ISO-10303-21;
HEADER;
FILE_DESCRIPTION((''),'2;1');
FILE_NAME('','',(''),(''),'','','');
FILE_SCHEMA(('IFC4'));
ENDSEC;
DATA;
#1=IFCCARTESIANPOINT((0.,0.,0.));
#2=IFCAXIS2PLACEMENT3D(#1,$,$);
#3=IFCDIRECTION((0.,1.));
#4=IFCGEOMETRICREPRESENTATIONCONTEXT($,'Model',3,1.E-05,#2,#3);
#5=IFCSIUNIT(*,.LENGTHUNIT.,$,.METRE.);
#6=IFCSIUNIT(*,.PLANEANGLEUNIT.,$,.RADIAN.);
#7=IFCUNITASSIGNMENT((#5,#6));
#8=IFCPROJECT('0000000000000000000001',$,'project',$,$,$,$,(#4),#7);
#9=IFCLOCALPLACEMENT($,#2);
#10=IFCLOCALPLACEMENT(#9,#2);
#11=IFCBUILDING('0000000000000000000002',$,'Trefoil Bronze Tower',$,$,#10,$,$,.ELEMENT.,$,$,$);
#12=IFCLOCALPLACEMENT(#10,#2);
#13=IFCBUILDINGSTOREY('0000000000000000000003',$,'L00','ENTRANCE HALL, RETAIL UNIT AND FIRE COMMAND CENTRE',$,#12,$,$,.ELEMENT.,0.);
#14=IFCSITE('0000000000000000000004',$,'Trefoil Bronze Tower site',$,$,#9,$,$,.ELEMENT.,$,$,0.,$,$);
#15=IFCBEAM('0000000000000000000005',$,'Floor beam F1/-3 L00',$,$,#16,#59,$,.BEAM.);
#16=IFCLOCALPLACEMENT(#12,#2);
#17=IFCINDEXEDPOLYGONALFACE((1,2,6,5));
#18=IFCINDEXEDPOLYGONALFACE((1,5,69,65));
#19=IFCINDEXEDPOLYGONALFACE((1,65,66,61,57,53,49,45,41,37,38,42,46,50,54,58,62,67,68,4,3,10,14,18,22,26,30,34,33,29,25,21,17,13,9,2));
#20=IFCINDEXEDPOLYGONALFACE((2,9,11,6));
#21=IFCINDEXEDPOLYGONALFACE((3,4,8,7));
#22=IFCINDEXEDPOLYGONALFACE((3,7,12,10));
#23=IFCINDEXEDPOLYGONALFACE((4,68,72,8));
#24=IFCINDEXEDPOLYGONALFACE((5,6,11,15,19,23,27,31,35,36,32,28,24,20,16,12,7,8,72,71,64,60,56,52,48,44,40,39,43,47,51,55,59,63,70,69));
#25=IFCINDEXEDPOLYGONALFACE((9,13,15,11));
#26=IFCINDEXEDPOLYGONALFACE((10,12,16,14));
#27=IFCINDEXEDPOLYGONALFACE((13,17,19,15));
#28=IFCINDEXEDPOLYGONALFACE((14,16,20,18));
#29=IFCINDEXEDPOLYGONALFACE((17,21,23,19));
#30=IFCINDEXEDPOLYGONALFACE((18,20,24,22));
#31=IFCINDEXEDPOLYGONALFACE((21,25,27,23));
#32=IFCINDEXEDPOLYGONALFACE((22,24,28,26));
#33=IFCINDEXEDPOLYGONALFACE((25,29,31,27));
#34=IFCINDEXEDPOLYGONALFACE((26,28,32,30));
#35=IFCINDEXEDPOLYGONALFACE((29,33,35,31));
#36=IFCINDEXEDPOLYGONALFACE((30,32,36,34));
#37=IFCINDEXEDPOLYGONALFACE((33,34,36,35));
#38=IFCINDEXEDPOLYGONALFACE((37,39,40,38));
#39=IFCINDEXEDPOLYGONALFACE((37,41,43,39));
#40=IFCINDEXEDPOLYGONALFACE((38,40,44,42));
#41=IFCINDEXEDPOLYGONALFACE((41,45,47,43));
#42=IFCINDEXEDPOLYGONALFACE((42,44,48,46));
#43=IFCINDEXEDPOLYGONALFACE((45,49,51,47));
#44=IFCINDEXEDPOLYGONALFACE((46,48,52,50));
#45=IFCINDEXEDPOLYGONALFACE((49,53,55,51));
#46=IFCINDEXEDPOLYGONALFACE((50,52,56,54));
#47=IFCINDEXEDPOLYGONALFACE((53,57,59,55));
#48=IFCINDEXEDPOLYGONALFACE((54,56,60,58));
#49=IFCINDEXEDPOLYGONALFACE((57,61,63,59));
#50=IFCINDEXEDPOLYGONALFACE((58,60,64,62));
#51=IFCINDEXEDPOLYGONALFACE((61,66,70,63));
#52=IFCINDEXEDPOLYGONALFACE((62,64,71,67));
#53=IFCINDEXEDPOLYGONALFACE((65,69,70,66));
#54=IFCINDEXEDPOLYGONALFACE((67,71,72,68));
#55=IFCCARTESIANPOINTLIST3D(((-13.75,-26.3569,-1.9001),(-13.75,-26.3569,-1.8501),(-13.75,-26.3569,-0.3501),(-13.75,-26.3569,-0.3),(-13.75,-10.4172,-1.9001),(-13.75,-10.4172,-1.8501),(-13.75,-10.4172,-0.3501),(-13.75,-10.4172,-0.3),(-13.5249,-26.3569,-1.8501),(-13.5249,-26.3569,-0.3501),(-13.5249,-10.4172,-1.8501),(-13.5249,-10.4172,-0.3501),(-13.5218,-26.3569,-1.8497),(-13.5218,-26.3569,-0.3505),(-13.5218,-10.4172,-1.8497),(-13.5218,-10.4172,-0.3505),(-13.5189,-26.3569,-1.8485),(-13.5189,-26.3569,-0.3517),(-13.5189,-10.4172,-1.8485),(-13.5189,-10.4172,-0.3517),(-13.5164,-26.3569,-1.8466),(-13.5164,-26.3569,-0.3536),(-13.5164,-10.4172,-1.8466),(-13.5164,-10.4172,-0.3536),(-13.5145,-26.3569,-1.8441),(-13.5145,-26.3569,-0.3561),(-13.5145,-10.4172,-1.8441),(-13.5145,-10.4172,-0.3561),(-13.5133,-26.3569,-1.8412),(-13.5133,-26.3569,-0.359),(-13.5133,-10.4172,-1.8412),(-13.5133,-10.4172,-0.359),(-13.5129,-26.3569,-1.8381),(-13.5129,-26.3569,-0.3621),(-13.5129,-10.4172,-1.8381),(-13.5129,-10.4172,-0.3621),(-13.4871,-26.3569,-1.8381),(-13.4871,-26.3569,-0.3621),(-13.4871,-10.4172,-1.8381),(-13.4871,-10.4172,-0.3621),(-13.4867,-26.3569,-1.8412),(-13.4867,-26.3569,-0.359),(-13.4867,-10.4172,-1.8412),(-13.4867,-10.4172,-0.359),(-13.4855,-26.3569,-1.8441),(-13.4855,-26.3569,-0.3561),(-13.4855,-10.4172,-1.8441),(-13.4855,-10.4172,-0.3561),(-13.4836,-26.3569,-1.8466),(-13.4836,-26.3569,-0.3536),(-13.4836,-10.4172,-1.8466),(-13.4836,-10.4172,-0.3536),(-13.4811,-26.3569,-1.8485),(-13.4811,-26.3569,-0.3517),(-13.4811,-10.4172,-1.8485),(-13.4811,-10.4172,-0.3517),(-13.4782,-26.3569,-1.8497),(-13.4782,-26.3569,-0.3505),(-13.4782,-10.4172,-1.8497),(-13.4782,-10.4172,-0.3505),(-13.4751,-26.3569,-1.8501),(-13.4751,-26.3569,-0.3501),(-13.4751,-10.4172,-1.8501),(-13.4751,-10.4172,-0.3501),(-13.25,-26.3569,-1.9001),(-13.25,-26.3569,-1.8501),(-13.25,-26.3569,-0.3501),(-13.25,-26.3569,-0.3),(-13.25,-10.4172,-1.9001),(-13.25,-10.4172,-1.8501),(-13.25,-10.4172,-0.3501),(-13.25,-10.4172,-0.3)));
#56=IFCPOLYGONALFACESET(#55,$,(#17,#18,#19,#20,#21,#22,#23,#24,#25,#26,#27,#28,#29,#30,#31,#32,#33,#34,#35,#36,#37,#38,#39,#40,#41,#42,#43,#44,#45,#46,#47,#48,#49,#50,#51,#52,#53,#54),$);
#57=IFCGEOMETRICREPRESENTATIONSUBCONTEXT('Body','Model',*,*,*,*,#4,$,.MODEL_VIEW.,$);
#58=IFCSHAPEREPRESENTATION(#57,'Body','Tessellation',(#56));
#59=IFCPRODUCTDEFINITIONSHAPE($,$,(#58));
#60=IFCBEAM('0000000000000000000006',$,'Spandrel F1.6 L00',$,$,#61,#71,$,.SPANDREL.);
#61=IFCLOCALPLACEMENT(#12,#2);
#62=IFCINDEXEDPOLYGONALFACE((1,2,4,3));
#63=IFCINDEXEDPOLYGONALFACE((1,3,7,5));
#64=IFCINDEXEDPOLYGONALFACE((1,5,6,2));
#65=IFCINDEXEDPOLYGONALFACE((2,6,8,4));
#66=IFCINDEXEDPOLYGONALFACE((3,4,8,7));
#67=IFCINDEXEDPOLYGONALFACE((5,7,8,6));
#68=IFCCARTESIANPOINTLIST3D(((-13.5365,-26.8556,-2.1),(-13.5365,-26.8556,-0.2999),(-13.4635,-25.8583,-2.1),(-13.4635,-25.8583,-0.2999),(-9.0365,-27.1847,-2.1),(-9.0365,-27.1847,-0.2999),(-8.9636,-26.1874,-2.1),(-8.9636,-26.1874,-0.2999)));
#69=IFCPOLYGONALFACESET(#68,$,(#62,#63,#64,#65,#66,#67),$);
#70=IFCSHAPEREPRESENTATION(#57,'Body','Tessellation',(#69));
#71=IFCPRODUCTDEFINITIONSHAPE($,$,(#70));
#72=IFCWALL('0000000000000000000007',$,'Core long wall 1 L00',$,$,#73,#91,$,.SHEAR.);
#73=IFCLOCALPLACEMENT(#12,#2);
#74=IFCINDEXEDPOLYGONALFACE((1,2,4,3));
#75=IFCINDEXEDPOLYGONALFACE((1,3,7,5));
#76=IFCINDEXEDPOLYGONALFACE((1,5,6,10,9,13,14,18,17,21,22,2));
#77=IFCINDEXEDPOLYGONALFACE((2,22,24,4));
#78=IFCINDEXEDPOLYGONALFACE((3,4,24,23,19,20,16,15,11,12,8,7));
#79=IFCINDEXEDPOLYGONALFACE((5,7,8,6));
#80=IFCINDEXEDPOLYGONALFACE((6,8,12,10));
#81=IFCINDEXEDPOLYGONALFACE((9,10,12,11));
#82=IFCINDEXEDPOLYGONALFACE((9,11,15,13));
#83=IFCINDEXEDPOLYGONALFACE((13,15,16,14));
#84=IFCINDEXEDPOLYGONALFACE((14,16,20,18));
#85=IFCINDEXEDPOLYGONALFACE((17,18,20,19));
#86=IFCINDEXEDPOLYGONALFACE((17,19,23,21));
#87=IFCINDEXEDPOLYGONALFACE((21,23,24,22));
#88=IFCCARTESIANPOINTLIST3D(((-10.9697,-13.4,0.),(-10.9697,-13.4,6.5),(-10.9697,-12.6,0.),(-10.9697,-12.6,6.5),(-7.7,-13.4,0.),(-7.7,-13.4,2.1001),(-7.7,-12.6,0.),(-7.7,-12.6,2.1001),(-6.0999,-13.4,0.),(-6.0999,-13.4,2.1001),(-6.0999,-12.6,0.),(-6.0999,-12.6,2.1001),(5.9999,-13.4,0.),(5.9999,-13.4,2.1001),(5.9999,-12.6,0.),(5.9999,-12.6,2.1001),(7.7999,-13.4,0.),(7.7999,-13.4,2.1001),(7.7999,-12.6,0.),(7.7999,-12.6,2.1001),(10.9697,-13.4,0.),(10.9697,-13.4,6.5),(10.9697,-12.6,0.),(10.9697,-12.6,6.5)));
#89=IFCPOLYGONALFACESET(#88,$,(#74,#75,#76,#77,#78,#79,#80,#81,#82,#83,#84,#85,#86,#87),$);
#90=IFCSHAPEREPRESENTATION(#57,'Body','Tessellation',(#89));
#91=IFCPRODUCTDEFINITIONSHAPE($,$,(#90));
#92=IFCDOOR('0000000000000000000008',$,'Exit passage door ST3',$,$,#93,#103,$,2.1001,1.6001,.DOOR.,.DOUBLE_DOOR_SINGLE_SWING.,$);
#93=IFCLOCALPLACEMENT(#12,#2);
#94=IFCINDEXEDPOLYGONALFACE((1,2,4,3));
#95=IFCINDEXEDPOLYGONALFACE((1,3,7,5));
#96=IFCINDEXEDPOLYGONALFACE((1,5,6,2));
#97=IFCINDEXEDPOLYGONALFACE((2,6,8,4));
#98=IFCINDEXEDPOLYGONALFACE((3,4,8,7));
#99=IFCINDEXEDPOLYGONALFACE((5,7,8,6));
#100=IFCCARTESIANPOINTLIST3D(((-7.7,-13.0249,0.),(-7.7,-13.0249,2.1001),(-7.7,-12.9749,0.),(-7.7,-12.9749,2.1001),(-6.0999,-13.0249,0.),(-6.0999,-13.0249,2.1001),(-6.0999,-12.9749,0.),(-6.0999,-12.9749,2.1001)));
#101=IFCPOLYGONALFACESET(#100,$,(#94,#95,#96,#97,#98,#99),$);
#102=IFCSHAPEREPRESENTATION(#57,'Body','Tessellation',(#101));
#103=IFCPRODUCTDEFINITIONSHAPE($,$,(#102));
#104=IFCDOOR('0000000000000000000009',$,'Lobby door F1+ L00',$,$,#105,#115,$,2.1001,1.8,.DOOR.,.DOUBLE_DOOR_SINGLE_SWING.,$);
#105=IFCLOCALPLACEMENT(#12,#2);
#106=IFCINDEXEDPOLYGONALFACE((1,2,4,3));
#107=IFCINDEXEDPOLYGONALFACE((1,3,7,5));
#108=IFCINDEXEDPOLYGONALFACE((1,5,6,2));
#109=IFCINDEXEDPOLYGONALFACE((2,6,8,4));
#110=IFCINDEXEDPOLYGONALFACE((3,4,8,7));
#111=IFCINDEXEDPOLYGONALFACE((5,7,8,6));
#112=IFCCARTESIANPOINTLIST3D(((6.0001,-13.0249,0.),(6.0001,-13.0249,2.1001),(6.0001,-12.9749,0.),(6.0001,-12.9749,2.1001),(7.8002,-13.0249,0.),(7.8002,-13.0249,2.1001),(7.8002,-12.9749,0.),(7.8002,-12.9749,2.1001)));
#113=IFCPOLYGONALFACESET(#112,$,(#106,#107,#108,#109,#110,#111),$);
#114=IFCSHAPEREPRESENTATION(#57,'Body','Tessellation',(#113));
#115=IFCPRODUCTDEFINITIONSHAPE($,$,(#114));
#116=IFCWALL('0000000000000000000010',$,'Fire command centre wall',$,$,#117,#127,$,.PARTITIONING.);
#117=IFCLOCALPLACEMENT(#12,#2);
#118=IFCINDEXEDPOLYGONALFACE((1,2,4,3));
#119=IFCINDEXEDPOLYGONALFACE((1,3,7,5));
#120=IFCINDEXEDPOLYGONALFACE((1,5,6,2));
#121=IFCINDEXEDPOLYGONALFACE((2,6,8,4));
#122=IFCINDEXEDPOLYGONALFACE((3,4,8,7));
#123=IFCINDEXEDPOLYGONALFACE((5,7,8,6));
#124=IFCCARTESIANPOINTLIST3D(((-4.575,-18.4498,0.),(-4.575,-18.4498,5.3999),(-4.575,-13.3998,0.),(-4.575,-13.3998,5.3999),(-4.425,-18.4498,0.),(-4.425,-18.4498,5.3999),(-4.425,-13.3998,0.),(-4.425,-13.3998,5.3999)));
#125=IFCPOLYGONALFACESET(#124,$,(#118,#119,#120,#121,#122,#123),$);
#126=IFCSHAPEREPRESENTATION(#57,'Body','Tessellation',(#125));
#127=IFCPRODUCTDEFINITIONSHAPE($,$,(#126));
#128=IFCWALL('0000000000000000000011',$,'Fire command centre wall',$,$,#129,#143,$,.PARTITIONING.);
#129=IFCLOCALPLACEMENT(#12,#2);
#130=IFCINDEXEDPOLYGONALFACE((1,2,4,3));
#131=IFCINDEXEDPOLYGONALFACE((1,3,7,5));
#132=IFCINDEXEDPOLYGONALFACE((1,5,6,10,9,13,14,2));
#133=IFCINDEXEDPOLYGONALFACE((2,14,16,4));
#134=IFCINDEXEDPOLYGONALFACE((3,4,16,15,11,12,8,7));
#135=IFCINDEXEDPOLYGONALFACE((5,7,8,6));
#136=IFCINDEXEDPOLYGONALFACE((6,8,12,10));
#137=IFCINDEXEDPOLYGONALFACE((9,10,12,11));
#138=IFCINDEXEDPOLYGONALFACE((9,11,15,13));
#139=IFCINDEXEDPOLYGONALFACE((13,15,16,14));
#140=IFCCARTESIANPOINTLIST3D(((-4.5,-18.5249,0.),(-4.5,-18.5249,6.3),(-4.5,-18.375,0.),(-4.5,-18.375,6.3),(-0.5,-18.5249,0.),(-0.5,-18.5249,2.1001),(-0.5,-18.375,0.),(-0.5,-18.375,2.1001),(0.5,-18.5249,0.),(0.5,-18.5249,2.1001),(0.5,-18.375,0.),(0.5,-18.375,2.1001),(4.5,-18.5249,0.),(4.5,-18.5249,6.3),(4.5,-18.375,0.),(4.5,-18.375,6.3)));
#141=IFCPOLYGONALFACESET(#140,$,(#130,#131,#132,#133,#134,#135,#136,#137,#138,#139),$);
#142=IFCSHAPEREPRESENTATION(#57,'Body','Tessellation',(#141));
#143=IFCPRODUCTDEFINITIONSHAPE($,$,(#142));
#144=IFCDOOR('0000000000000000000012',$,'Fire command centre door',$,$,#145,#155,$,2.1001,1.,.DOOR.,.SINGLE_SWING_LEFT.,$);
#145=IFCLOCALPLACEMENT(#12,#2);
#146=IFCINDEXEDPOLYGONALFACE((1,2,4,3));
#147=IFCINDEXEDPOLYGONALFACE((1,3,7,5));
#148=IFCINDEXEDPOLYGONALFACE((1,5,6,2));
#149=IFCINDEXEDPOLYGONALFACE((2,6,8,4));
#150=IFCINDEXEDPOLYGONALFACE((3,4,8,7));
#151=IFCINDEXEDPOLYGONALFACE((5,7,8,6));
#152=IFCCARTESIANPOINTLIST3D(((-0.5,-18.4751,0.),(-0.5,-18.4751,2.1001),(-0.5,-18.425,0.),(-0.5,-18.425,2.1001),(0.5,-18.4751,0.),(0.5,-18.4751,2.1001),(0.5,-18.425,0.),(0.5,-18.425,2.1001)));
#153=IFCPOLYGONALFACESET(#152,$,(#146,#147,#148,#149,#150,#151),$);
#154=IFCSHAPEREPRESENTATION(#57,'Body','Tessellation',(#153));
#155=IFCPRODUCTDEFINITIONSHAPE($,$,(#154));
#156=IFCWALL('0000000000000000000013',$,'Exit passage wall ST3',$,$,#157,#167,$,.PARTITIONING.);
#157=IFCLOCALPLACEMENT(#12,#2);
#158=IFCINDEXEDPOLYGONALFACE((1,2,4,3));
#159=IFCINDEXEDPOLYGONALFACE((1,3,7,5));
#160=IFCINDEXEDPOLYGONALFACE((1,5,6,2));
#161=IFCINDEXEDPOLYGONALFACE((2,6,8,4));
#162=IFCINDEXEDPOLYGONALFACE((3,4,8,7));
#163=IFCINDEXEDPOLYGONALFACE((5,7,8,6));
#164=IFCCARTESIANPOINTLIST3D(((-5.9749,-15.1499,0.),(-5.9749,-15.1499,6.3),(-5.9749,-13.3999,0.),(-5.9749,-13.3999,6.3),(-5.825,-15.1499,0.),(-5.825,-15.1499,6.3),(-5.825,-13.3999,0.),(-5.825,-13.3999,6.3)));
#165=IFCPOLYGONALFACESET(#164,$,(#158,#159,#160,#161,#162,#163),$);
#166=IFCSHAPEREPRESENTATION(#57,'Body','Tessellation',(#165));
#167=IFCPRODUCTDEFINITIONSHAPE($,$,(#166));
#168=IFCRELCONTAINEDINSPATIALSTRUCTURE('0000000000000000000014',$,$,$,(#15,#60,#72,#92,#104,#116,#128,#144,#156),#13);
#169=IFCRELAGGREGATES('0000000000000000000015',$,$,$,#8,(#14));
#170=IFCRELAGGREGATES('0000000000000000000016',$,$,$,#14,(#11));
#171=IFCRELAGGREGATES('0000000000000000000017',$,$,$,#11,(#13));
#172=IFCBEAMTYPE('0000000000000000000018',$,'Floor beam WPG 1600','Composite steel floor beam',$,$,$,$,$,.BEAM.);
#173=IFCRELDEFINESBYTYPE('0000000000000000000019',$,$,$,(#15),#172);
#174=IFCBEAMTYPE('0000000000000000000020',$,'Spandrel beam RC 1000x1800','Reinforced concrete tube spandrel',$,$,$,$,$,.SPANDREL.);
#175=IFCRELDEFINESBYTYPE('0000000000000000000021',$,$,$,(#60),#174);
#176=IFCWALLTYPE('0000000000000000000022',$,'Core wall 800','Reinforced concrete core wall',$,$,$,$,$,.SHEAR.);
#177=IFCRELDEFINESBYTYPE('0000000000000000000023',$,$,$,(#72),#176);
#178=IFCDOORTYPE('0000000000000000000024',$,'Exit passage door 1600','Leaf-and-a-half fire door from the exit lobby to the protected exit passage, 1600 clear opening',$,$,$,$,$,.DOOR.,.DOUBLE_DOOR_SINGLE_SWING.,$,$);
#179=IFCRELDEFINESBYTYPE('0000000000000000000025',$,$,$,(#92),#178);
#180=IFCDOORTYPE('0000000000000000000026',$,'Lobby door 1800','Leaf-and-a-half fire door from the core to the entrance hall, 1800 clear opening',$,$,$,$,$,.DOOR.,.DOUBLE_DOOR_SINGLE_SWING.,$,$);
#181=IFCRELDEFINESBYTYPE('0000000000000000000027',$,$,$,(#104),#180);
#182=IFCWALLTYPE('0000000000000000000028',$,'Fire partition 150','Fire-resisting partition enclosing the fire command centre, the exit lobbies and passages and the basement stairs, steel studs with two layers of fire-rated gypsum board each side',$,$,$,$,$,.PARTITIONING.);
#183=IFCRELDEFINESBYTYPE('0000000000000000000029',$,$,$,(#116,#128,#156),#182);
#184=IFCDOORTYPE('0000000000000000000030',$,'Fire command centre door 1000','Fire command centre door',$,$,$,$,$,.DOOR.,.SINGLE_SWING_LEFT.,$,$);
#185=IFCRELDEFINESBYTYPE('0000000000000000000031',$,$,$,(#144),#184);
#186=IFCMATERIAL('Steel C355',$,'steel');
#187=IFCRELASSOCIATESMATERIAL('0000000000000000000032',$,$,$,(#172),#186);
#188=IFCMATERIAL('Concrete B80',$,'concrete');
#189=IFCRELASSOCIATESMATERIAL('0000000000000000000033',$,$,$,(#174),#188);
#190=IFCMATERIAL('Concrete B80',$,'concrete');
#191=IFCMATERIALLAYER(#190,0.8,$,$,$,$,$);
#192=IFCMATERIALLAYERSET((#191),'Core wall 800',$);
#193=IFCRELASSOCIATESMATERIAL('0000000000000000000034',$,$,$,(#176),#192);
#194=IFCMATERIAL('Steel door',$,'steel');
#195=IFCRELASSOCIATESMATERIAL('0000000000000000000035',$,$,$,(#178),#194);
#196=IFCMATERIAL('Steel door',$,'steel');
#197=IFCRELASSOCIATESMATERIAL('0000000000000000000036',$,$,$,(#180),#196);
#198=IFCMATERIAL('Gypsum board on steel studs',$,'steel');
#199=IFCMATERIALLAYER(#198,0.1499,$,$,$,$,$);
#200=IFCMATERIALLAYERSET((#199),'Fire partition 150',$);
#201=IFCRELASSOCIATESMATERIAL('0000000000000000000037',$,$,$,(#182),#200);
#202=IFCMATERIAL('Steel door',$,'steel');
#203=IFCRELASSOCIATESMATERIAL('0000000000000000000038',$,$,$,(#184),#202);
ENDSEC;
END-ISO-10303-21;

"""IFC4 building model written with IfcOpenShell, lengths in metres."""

from ifc_helpers import new_model, si_unit, direction, frame, frame_2d, origin, origin_2d, place, context, subcontext, project, spatial, rectangle, i_section, extrude, material, layer, layer_set, material_profile, profile_set, type_object, element, fill, save


model = new_model("IFC4")

# Units and contexts
model_context = context("Model", 3, precision=1e-05, world=origin(), true_north=direction((0.0, 1.0)))
body_context = subcontext(model_context, "Body", "Model", "MODEL_VIEW")
ifc_project = project(units=[si_unit("LENGTHUNIT", "METRE"), si_unit("PLANEANGLEUNIT", "RADIAN")], contexts=[model_context])

# Site, building, storey
site_placement = place(None, origin())
site = spatial("IfcSite", under=ifc_project, at=site_placement, Name="Trefoil Bronze Tower site", CompositionType="ELEMENT", RefElevation=0.0)
building_placement = place(site_placement, origin())
building = spatial("IfcBuilding", under=site, at=building_placement, Name="Trefoil Bronze Tower", CompositionType="ELEMENT")
storey_placement = place(building_placement, origin())
storey = spatial("IfcBuildingStorey", under=building, at=storey_placement, Name="L00", Description="ENTRANCE HALL, RETAIL UNIT AND FIRE COMMAND CENTRE", CompositionType="ELEMENT", Elevation=0.0)

# Beams
ifc_material_1 = material(Name="Steel C355", Category="steel")
ifc_material_profile_1 = material_profile(ifc_material_1, i_section(OverallWidth=0.5, OverallDepth=1.6001, WebThickness=0.0259, FlangeThickness=0.05, FilletRadius=0.012, at=origin_2d()), Name="WPG 1600")
ifc_profile_set_1 = profile_set([ifc_material_profile_1], Name="Steel C355")
beam_type_1 = type_object("IfcBeamType", Name="Floor beam WPG 1600", Description="Composite steel floor beam", PredefinedType="BEAM", material=ifc_profile_set_1)
beam_1_placement = place(storey_placement, frame((-13.5, -26.3569, -1.1001), z_axis=(0.0, 1.0, 0.0), x_axis=(-1.0, 0.0, 0.0)))
element("IfcBeam", 1, at=beam_1_placement, inside=storey, type_object=beam_type_1, Name="Floor beam F1/-3 L00", PredefinedType="BEAM", context=body_context, shape_type="SweptSolid", body=[
    extrude(i_section(OverallWidth=0.5, OverallDepth=1.6001, WebThickness=0.0259, FlangeThickness=0.05, FilletRadius=0.012, at=origin_2d()), origin(), (0.0, 0.0, 1.0), 15.9397),
])
ifc_material_2 = material(Name="Concrete B80", Category="concrete")
ifc_material_profile_2 = material_profile(ifc_material_2, rectangle(XDim=1.0, YDim=1.8, at=origin_2d()), Name="RC 1000x1800")
ifc_profile_set_2 = profile_set([ifc_material_profile_2], Name="Concrete B80")
beam_type_2 = type_object("IfcBeamType", Name="Spandrel beam RC 1000x1800", Description="Reinforced concrete tube spandrel", PredefinedType="SPANDREL", material=ifc_profile_set_2)
beam_2_placement = place(storey_placement, frame((-13.5, -26.3569, -1.2), z_axis=(0.997336, -0.072939, 0.0), x_axis=(0.072939, 0.997336, 0.0)))
element("IfcBeam", 2, at=beam_2_placement, inside=storey, type_object=beam_type_2, Name="Spandrel F1.6 L00", PredefinedType="SPANDREL", context=body_context, shape_type="SweptSolid", body=[
    extrude(rectangle(XDim=1.0, YDim=1.8, at=origin_2d()), origin(), (0.0, 0.0, 1.0), 4.512),
])

# Wall, openings, doors
ifc_material_3 = material(Name="Concrete B80", Category="concrete")
ifc_layer_1 = layer(ifc_material_3, 0.8)
ifc_layer_set_1 = layer_set([ifc_layer_1], Name="Core wall 800")
wall_type_1 = type_object("IfcWallType", Name="Core wall 800", Description="Reinforced concrete core wall", PredefinedType="SHEAR", material=ifc_layer_set_1)
wall_1_placement = place(storey_placement, frame((-10.9697, -13.0, 0.0), z_axis=(0.0, 0.0, 1.0), x_axis=(1.0, 0.0, 0.0)))
wall_1 = element("IfcWall", 3, at=wall_1_placement, inside=storey, type_object=wall_type_1, Name="Core long wall 1 L00", PredefinedType="SHEAR", context=body_context, shape_type="SweptSolid", body=[
    extrude(rectangle(XDim=21.9395, YDim=0.8, at=frame_2d((10.9697, 0.0))), origin(), (0.0, 0.0, 1.0), 6.5),
])
opening_1_placement = place(wall_1_placement, frame((16.9697, 0.0, 0.0)))
opening_1 = element("IfcOpeningElement", 4, at=opening_1_placement, cuts=wall_1, PredefinedType="OPENING", context=body_context, shape_type="SweptSolid", body=[
    extrude(rectangle(XDim=1.8, YDim=2.1001, at=frame_2d((0.8999, 1.05))), frame((0.0, 0.4099, 0.0), z_axis=(0.0, -1.0, 0.0), x_axis=(1.0, 0.0, 0.0)), (0.0, 0.0, 1.0), 0.8201),
])
opening_2_placement = place(wall_1_placement, frame((3.2698, 0.0, 0.0)))
opening_2 = element("IfcOpeningElement", 5, at=opening_2_placement, cuts=wall_1, PredefinedType="OPENING", context=body_context, shape_type="SweptSolid", body=[
    extrude(rectangle(XDim=1.6001, YDim=2.1001, at=frame_2d((0.8, 1.05))), frame((0.0, 0.4099, 0.0), z_axis=(0.0, -1.0, 0.0), x_axis=(1.0, 0.0, 0.0)), (0.0, 0.0, 1.0), 0.8201),
])
ifc_material_4 = material(Name="Steel door", Category="steel")
door_type_1 = type_object("IfcDoorType", Name="Exit passage door 1600", Description="Leaf-and-a-half fire door from the exit lobby to the protected exit passage, 1600 clear opening", OperationType="DOUBLE_DOOR_SINGLE_SWING", PredefinedType="DOOR", material=ifc_material_4)
door_1_placement = place(opening_2_placement, frame((1.6001, 0.0, 0.0), z_axis=(0.0, 0.0, 1.0), x_axis=(-1.0, 0.0, 0.0)))
door_1 = element("IfcDoor", 6, at=door_1_placement, inside=storey, type_object=door_type_1, Name="Exit passage door ST3", OperationType="DOUBLE_DOOR_SINGLE_SWING", OverallHeight=2.1001, OverallWidth=1.6001, PredefinedType="DOOR", context=body_context, shape_type="SweptSolid", body=[
    extrude(rectangle(XDim=1.6001, YDim=2.1001, at=frame_2d((0.8, 1.05))), frame((0.0, 0.0249, 0.0), z_axis=(0.0, -1.0, 0.0), x_axis=(1.0, 0.0, 0.0)), (0.0, 0.0, 1.0), 0.05),
])
fill(opening_2, door_1)
ifc_material_5 = material(Name="Steel door", Category="steel")
door_type_2 = type_object("IfcDoorType", Name="Lobby door 1800", Description="Leaf-and-a-half fire door from the core to the entrance hall, 1800 clear opening", OperationType="DOUBLE_DOOR_SINGLE_SWING", PredefinedType="DOOR", material=ifc_material_5)
door_2_placement = place(opening_1_placement, frame((1.8, 0.0, 0.0), z_axis=(0.0, 0.0, 1.0), x_axis=(-1.0, 0.0, 0.0)))
door_2 = element("IfcDoor", 7, at=door_2_placement, inside=storey, type_object=door_type_2, Name="Lobby door F1+ L00", OperationType="DOUBLE_DOOR_SINGLE_SWING", OverallHeight=2.1001, OverallWidth=1.8, PredefinedType="DOOR", context=body_context, shape_type="SweptSolid", body=[
    extrude(rectangle(XDim=1.8, YDim=2.1001, at=frame_2d((0.8999, 1.05))), frame((0.0, 0.0249, 0.0), z_axis=(0.0, -1.0, 0.0), x_axis=(1.0, 0.0, 0.0)), (0.0, 0.0, 1.0), 0.05),
])
fill(opening_1, door_2)

# Wall
ifc_material_6 = material(Name="Gypsum board on steel studs", Category="steel")
ifc_layer_2 = layer(ifc_material_6, 0.1499)
ifc_layer_set_2 = layer_set([ifc_layer_2], Name="Fire partition 150")
wall_type_2 = type_object("IfcWallType", Name="Fire partition 150", Description="Fire-resisting partition enclosing the fire command centre, the exit lobbies and passages and the basement stairs, steel studs with two layers of fire-rated gypsum board each side", PredefinedType="PARTITIONING", material=ifc_layer_set_2)
wall_2_placement = place(storey_placement, frame((-4.5, -13.3999, 0.0), z_axis=(0.0, 0.0, 1.0), x_axis=(0.0, -1.0, 0.0)))
element("IfcWall", 8, at=wall_2_placement, inside=storey, type_object=wall_type_2, Name="Fire command centre wall", PredefinedType="PARTITIONING", context=body_context, shape_type="SweptSolid", body=[
    extrude(rectangle(XDim=5.05, YDim=0.1499, at=frame_2d((2.5249, 0.0))), origin(), (0.0, 0.0, 1.0), 5.3999),
])

# Wall, opening, door
wall_3_placement = place(storey_placement, frame((-4.5, -18.45, 0.0), z_axis=(0.0, 0.0, 1.0), x_axis=(1.0, 0.0, 0.0)))
wall_3 = element("IfcWall", 9, at=wall_3_placement, inside=storey, type_object=wall_type_2, Name="Fire command centre wall", PredefinedType="PARTITIONING", context=body_context, shape_type="SweptSolid", body=[
    extrude(rectangle(XDim=9.0, YDim=0.1499, at=frame_2d((4.5, 0.0))), origin(), (0.0, 0.0, 1.0), 6.3),
])
opening_3_placement = place(wall_3_placement, frame((4.0, 0.0, 0.0)))
opening_3 = element("IfcOpeningElement", 10, at=opening_3_placement, cuts=wall_3, PredefinedType="OPENING", context=body_context, shape_type="SweptSolid", body=[
    extrude(rectangle(XDim=1.0, YDim=2.1001, at=frame_2d((0.5, 1.05))), frame((0.0, 0.085, 0.0), z_axis=(0.0, -1.0, 0.0), x_axis=(1.0, 0.0, 0.0)), (0.0, 0.0, 1.0), 0.1699),
])
ifc_material_7 = material(Name="Steel door", Category="steel")
door_type_3 = type_object("IfcDoorType", Name="Fire command centre door 1000", Description="Fire command centre door", OperationType="SINGLE_SWING_LEFT", PredefinedType="DOOR", material=ifc_material_7)
door_3_placement = place(opening_3_placement, origin())
door_3 = element("IfcDoor", 11, at=door_3_placement, inside=storey, type_object=door_type_3, Name="Fire command centre door", OperationType="SINGLE_SWING_LEFT", OverallHeight=2.1001, OverallWidth=1.0, PredefinedType="DOOR", context=body_context, shape_type="SweptSolid", body=[
    extrude(rectangle(XDim=1.0, YDim=2.1001, at=frame_2d((0.5, 1.05))), frame((0.0, 0.0249, 0.0), z_axis=(0.0, -1.0, 0.0), x_axis=(1.0, 0.0, 0.0)), (0.0, 0.0, 1.0), 0.05),
])
fill(opening_3, door_3)

# Wall
wall_4_placement = place(storey_placement, frame((-5.8999, -13.3999, 0.0), z_axis=(0.0, 0.0, 1.0), x_axis=(0.0, -1.0, 0.0)))
element("IfcWall", 12, at=wall_4_placement, inside=storey, type_object=wall_type_2, Name="Exit passage wall ST3", PredefinedType="PARTITIONING", context=body_context, shape_type="SweptSolid", body=[
    extrude(rectangle(XDim=1.75, YDim=0.1499, at=frame_2d((0.875, 0.0))), origin(), (0.0, 0.0, 1.0), 6.3),
])

save(model, "model.ifc")
